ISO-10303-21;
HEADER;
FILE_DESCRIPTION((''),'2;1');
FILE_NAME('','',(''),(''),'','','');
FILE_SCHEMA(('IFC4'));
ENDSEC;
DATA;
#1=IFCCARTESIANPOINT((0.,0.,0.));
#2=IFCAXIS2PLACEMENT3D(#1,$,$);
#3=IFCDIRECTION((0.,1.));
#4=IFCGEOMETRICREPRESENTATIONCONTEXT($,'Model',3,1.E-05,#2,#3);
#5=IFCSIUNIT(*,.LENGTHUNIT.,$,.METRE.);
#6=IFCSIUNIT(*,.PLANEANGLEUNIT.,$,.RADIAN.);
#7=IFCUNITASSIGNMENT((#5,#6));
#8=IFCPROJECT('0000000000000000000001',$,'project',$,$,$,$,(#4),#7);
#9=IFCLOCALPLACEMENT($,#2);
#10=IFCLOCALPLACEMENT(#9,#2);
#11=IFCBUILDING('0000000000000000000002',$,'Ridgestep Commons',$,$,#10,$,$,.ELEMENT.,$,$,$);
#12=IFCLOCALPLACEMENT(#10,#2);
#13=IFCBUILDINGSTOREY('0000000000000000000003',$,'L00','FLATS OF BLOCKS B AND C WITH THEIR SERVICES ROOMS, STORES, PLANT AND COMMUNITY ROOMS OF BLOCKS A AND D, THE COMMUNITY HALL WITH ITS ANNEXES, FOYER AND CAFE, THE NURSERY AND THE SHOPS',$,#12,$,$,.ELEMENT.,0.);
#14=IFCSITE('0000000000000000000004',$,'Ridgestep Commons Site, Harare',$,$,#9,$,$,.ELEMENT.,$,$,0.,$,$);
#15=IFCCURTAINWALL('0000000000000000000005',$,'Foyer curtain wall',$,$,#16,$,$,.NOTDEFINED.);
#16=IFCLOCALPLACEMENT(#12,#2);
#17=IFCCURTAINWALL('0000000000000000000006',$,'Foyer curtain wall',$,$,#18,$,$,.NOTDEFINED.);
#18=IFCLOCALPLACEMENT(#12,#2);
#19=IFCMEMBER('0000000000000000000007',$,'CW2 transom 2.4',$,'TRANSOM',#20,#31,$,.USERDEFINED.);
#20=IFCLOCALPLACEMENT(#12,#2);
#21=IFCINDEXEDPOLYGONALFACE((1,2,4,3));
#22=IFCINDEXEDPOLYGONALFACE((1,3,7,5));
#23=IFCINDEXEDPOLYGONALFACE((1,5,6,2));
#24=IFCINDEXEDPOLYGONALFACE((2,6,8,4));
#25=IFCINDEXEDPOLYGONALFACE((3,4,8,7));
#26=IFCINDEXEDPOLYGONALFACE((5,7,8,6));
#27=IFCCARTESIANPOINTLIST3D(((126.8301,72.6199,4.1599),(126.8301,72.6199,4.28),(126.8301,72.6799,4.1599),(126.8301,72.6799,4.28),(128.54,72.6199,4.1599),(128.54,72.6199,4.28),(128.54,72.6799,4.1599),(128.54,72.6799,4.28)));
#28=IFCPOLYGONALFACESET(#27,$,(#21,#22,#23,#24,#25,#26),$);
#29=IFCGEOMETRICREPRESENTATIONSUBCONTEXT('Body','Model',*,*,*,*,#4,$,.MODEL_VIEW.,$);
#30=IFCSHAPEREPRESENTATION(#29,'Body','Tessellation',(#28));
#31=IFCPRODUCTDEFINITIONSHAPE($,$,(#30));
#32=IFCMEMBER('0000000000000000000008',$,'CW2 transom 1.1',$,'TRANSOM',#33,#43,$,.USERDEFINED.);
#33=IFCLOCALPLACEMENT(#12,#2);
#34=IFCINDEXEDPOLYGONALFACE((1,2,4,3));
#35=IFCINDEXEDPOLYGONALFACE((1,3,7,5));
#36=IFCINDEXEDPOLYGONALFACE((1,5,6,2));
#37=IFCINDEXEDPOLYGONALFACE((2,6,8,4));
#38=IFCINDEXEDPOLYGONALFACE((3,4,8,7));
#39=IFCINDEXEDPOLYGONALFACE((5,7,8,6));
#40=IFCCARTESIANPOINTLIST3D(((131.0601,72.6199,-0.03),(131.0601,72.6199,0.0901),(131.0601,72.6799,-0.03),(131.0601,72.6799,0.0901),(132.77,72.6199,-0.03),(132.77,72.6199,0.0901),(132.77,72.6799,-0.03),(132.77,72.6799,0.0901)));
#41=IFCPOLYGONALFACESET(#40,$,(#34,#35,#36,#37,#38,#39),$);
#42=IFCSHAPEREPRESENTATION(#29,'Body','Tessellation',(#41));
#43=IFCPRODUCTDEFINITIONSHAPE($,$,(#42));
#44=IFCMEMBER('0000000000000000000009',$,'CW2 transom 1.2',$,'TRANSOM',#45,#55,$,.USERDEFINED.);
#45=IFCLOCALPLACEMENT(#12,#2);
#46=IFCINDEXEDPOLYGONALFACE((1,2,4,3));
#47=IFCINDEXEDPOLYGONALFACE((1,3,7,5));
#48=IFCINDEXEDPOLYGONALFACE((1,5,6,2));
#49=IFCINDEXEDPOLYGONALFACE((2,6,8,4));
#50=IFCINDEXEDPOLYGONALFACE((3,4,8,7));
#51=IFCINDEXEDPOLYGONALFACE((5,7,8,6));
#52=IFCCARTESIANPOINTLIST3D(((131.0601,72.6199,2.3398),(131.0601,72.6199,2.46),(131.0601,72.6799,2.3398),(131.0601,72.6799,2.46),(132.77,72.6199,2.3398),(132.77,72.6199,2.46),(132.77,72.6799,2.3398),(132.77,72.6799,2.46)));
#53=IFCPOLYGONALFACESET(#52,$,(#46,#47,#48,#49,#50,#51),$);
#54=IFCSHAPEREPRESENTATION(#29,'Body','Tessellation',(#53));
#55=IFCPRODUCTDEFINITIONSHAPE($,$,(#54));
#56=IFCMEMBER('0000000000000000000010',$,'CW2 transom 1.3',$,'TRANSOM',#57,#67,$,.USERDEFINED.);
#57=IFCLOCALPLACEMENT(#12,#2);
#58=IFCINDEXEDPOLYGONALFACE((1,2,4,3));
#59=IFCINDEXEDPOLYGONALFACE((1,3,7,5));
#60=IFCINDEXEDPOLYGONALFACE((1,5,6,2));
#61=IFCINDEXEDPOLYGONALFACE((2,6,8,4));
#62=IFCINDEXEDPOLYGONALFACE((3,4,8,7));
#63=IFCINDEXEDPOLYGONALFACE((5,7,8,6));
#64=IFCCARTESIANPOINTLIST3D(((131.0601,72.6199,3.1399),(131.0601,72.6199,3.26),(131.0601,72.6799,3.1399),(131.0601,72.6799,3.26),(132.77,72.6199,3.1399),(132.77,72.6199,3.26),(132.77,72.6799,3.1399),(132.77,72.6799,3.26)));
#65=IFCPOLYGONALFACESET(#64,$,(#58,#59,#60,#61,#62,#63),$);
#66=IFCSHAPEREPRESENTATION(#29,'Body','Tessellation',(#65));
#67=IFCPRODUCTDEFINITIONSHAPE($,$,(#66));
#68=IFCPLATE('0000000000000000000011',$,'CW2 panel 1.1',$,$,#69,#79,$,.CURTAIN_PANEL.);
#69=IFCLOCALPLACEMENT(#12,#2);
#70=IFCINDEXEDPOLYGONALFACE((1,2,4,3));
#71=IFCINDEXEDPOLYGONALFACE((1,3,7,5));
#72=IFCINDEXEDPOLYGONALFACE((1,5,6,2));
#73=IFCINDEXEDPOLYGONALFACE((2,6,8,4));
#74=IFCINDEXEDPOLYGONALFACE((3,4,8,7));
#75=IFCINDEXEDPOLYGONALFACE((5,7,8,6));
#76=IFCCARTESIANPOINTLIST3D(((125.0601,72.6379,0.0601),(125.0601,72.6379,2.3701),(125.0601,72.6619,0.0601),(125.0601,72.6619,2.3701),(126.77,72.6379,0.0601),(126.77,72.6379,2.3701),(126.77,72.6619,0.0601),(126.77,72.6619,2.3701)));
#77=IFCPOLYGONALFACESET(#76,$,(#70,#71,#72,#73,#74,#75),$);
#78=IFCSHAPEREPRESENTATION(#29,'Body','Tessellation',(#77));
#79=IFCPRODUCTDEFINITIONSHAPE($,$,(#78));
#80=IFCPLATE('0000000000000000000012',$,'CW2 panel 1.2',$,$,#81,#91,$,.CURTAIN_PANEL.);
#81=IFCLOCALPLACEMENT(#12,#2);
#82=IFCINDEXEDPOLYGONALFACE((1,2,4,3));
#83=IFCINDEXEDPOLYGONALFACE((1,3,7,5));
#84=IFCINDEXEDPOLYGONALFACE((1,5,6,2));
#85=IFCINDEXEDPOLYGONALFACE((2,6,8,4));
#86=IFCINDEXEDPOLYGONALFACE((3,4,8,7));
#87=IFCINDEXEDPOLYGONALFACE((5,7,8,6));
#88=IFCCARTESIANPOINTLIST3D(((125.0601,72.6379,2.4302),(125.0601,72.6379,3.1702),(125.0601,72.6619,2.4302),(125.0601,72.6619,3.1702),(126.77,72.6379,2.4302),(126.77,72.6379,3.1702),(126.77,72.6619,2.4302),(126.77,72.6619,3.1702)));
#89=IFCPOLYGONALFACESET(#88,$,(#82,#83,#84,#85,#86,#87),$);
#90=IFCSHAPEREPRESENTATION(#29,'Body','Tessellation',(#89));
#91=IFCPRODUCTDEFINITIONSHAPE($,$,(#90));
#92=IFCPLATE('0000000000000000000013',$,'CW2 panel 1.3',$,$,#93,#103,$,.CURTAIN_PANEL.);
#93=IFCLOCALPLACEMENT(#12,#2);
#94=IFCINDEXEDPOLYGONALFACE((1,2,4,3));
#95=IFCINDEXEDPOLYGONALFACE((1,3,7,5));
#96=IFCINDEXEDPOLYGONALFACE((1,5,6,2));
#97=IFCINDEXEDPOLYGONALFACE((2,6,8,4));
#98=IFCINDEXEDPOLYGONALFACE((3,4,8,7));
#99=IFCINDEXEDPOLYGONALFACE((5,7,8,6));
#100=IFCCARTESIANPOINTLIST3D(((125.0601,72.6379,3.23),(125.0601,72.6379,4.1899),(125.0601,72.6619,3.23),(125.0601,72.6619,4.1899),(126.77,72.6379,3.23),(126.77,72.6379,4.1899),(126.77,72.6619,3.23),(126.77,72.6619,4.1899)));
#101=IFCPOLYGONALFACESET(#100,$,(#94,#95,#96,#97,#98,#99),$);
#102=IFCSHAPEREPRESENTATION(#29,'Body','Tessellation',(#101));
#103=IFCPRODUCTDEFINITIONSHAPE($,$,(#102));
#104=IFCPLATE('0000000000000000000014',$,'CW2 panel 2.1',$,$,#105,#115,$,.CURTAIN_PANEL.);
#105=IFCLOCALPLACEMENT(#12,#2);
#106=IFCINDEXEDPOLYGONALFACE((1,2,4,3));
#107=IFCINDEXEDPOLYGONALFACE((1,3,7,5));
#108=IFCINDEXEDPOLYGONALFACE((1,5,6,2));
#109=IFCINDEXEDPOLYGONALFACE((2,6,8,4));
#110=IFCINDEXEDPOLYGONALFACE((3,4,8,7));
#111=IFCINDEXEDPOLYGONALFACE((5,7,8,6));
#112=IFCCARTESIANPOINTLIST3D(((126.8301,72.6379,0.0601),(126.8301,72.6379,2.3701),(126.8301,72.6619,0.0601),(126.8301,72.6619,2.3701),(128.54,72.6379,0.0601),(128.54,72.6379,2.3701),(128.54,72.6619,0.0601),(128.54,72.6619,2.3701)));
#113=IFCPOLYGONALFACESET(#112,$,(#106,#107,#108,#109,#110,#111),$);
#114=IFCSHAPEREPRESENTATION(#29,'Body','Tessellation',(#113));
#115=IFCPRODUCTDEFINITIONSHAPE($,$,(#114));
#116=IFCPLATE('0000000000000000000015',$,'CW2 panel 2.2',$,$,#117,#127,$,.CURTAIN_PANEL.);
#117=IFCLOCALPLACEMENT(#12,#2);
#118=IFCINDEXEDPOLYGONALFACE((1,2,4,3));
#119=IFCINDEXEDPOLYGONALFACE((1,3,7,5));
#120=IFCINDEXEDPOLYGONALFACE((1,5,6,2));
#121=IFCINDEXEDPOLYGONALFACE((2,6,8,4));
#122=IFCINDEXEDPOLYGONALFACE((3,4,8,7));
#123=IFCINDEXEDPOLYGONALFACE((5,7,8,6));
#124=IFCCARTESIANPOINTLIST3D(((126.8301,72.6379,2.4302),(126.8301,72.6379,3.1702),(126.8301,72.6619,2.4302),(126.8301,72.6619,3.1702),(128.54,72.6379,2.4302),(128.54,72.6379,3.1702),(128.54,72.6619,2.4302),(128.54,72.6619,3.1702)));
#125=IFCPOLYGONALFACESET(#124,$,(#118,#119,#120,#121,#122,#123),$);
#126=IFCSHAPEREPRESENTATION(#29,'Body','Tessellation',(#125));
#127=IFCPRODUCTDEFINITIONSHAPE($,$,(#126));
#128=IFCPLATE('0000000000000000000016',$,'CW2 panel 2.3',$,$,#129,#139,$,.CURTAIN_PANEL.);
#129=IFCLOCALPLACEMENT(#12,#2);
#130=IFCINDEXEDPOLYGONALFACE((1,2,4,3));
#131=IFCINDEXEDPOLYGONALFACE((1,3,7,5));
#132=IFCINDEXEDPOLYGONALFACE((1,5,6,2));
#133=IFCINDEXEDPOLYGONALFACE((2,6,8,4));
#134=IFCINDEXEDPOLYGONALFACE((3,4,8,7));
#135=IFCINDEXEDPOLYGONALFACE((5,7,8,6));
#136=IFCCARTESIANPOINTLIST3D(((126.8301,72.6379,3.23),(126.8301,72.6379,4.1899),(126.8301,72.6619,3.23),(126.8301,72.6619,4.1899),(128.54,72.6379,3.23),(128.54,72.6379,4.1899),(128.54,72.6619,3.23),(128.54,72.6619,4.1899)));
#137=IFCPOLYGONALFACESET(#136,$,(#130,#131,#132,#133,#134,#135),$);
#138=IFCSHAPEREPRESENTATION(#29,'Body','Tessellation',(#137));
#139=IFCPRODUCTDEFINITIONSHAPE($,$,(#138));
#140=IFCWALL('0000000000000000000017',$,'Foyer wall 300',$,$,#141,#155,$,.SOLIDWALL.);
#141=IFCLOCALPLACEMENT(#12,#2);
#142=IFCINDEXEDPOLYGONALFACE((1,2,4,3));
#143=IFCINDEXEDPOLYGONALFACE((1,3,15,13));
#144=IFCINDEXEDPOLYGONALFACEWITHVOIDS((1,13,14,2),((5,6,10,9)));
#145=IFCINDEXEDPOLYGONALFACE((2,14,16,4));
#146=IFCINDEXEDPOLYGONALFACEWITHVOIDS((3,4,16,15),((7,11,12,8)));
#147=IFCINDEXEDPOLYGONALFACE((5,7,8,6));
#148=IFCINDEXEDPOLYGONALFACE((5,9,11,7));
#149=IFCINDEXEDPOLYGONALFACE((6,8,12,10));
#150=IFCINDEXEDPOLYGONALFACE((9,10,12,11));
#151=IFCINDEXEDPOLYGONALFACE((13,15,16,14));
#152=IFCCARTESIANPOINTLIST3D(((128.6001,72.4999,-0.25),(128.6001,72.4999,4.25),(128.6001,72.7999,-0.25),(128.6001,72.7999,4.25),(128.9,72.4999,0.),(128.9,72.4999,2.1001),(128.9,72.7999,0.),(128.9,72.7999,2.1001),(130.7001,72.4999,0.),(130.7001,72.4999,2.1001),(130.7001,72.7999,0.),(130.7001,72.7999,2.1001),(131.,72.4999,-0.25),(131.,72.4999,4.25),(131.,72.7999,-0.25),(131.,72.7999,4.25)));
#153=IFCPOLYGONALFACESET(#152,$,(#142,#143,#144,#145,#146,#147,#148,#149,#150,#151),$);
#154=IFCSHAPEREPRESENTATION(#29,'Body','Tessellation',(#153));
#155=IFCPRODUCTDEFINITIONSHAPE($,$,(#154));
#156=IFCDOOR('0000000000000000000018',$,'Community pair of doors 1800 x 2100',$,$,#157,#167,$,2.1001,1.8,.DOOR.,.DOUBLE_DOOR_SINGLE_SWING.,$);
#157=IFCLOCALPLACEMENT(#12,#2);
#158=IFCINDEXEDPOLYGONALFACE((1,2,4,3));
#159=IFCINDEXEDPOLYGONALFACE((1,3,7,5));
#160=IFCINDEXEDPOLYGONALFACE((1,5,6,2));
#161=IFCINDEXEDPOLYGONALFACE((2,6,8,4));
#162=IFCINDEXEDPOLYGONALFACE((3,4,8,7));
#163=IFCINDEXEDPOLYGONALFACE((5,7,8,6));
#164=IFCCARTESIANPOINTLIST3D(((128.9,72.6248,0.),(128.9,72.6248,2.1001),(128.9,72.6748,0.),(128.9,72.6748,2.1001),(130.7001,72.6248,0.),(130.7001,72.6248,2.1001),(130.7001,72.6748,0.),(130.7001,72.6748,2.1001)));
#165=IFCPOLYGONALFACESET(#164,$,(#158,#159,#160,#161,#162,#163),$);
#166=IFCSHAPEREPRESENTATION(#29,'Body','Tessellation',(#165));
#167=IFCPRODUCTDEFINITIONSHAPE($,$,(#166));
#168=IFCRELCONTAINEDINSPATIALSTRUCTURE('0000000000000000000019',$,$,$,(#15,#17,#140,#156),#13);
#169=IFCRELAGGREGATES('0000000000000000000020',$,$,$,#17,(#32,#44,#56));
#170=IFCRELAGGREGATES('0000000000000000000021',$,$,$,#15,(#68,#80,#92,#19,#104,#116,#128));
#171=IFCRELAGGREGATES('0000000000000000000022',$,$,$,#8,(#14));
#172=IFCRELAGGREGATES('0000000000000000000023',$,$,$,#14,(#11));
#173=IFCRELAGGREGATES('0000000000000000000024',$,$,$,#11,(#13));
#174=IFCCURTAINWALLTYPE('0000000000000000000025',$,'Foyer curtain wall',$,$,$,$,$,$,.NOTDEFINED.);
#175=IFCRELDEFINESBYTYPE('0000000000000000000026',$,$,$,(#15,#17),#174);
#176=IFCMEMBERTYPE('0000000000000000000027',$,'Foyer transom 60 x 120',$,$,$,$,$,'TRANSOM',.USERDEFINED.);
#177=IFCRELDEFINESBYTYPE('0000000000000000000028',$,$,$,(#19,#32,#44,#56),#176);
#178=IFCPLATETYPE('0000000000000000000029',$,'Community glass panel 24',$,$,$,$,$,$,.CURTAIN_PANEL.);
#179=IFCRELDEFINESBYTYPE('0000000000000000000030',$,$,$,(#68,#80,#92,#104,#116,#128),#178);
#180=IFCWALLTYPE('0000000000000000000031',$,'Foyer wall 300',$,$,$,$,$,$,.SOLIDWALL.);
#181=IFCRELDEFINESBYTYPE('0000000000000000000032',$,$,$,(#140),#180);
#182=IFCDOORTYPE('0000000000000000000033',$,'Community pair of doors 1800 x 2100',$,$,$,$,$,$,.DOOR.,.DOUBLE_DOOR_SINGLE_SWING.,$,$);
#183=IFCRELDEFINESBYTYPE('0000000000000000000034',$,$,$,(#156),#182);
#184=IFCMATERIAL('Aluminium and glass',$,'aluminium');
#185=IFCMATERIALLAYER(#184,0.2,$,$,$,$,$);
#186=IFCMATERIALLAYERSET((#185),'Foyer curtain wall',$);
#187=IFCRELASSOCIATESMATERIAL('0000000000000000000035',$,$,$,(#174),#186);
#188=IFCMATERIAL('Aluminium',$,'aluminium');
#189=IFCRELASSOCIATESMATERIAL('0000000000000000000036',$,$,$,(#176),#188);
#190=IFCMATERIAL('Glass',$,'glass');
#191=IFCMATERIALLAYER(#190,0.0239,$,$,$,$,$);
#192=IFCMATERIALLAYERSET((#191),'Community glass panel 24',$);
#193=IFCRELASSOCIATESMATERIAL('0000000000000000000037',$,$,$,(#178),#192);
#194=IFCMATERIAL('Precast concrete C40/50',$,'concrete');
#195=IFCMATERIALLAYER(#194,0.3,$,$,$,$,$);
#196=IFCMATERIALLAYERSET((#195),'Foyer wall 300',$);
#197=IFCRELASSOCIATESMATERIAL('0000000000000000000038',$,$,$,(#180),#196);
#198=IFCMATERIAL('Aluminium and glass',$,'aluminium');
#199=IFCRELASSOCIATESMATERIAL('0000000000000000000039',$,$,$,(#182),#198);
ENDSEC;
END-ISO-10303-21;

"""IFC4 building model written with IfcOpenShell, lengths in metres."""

from ifc_helpers import new_model, si_unit, direction, frame, frame_2d, origin, origin_2d, place, context, subcontext, project, spatial, rectangle, extrude, material, layer, layer_set, material_profile, profile_set, type_object, element, fill, aggregate, save


model = new_model("IFC4")

# Units and contexts
model_context = context("Model", 3, precision=1e-05, world=origin(), true_north=direction((0.0, 1.0)))
body_context = subcontext(model_context, "Body", "Model", "MODEL_VIEW")
ifc_project = project(units=[si_unit("LENGTHUNIT", "METRE"), si_unit("PLANEANGLEUNIT", "RADIAN")], contexts=[model_context])

# Site, building, storey
site_placement = place(None, origin())
site = spatial("IfcSite", under=ifc_project, at=site_placement, Name="Ridgestep Commons Site, Harare", CompositionType="ELEMENT", RefElevation=0.0)
building_placement = place(site_placement, origin())
building = spatial("IfcBuilding", under=site, at=building_placement, Name="Ridgestep Commons", CompositionType="ELEMENT")
storey_placement = place(building_placement, origin())
storey = spatial("IfcBuildingStorey", under=building, at=storey_placement, Name="L00", Description="FLATS OF BLOCKS B AND C WITH THEIR SERVICES ROOMS, STORES, PLANT AND COMMUNITY ROOMS OF BLOCKS A AND D, THE COMMUNITY HALL WITH ITS ANNEXES, FOYER AND CAFE, THE NURSERY AND THE SHOPS", CompositionType="ELEMENT", Elevation=0.0)

# Curtain wall
ifc_material_1 = material(Name="Aluminium and glass", Category="aluminium")
ifc_layer_1 = layer(ifc_material_1, 0.2)
ifc_layer_set_1 = layer_set([ifc_layer_1], Name="Foyer curtain wall")
curtain_wall_type = type_object("IfcCurtainWallType", Name="Foyer curtain wall", PredefinedType="NOTDEFINED", material=ifc_layer_set_1)
curtain_wall_1_placement = place(storey_placement, origin())
curtain_wall_1 = element("IfcCurtainWall", 1, at=curtain_wall_1_placement, inside=storey, type_object=curtain_wall_type, Name="Foyer curtain wall", PredefinedType="NOTDEFINED")

# Curtain wall
curtain_wall_2_placement = place(storey_placement, origin())
curtain_wall_2 = element("IfcCurtainWall", 2, at=curtain_wall_2_placement, inside=storey, type_object=curtain_wall_type, Name="Foyer curtain wall", PredefinedType="NOTDEFINED")

# Members
ifc_material_2 = material(Name="Aluminium", Category="aluminium")
ifc_material_profile_1 = material_profile(ifc_material_2, rectangle(XDim=0.0601, YDim=0.1201, at=origin_2d()), Name="Foyer transom 60 x 120")
ifc_profile_set_1 = profile_set([ifc_material_profile_1], Name="Aluminium")
member_type_1 = type_object("IfcMemberType", Name="Foyer transom 60 x 120", ElementType="TRANSOM", PredefinedType="USERDEFINED", material=ifc_profile_set_1)
member_1_placement = place(storey_placement, frame((126.8301, 72.6499, 4.22), z_axis=(1.0, 0.0, 0.0), x_axis=(0.0, 1.0, 0.0)))
member_1 = element("IfcMember", 3, at=member_1_placement, type_object=member_type_1, Name="CW2 transom 2.4", ObjectType="TRANSOM", PredefinedType="USERDEFINED", context=body_context, shape_type="SweptSolid", body=[
    extrude(rectangle(XDim=0.0601, YDim=0.1201, at=origin_2d()), origin(), (0.0, 0.0, 1.0), 1.71),
])
member_2_placement = place(storey_placement, frame((131.0601, 72.6499, 0.03), z_axis=(1.0, 0.0, 0.0), x_axis=(0.0, 1.0, 0.0)))
member_2 = element("IfcMember", 4, at=member_2_placement, type_object=member_type_1, Name="CW2 transom 1.1", ObjectType="TRANSOM", PredefinedType="USERDEFINED", context=body_context, shape_type="SweptSolid", body=[
    extrude(rectangle(XDim=0.0601, YDim=0.1201, at=origin_2d()), origin(), (0.0, 0.0, 1.0), 1.71),
])
member_3_placement = place(storey_placement, frame((131.0601, 72.6499, 2.3999), z_axis=(1.0, 0.0, 0.0), x_axis=(0.0, 1.0, 0.0)))
member_3 = element("IfcMember", 5, at=member_3_placement, type_object=member_type_1, Name="CW2 transom 1.2", ObjectType="TRANSOM", PredefinedType="USERDEFINED", context=body_context, shape_type="SweptSolid", body=[
    extrude(rectangle(XDim=0.0601, YDim=0.1201, at=origin_2d()), origin(), (0.0, 0.0, 1.0), 1.71),
])
member_4_placement = place(storey_placement, frame((131.0601, 72.6499, 3.2), z_axis=(1.0, 0.0, 0.0), x_axis=(0.0, 1.0, 0.0)))
member_4 = element("IfcMember", 6, at=member_4_placement, type_object=member_type_1, Name="CW2 transom 1.3", ObjectType="TRANSOM", PredefinedType="USERDEFINED", context=body_context, shape_type="SweptSolid", body=[
    extrude(rectangle(XDim=0.0601, YDim=0.1201, at=origin_2d()), origin(), (0.0, 0.0, 1.0), 1.71),
])
aggregate(curtain_wall_2, [member_2, member_3, member_4])

# Plates
ifc_material_3 = material(Name="Glass", Category="glass")
ifc_layer_2 = layer(ifc_material_3, 0.0239)
ifc_layer_set_2 = layer_set([ifc_layer_2], Name="Community glass panel 24")
plate_type = type_object("IfcPlateType", Name="Community glass panel 24", PredefinedType="CURTAIN_PANEL", material=ifc_layer_set_2)
plate_1_placement = place(storey_placement, frame((125.915, 72.6499, 0.0601), z_axis=(0.0, 0.0, 1.0), x_axis=(1.0, 0.0, 0.0)))
plate_1 = element("IfcPlate", 7, at=plate_1_placement, type_object=plate_type, Name="CW2 panel 1.1", PredefinedType="CURTAIN_PANEL", context=body_context, shape_type="SweptSolid", body=[
    extrude(rectangle(XDim=1.71, YDim=0.0239, at=origin_2d()), origin(), (0.0, 0.0, 1.0), 2.3101),
])
plate_2_placement = place(storey_placement, frame((125.915, 72.6499, 2.4302), z_axis=(0.0, 0.0, 1.0), x_axis=(1.0, 0.0, 0.0)))
plate_2 = element("IfcPlate", 8, at=plate_2_placement, type_object=plate_type, Name="CW2 panel 1.2", PredefinedType="CURTAIN_PANEL", context=body_context, shape_type="SweptSolid", body=[
    extrude(rectangle(XDim=1.71, YDim=0.0239, at=origin_2d()), origin(), (0.0, 0.0, 1.0), 0.74),
])
plate_3_placement = place(storey_placement, frame((125.915, 72.6499, 3.23), z_axis=(0.0, 0.0, 1.0), x_axis=(1.0, 0.0, 0.0)))
plate_3 = element("IfcPlate", 9, at=plate_3_placement, type_object=plate_type, Name="CW2 panel 1.3", PredefinedType="CURTAIN_PANEL", context=body_context, shape_type="SweptSolid", body=[
    extrude(rectangle(XDim=1.71, YDim=0.0239, at=origin_2d()), origin(), (0.0, 0.0, 1.0), 0.96),
])
plate_4_placement = place(storey_placement, frame((127.6851, 72.6499, 0.0601), z_axis=(0.0, 0.0, 1.0), x_axis=(1.0, 0.0, 0.0)))
plate_4 = element("IfcPlate", 10, at=plate_4_placement, type_object=plate_type, Name="CW2 panel 2.1", PredefinedType="CURTAIN_PANEL", context=body_context, shape_type="SweptSolid", body=[
    extrude(rectangle(XDim=1.71, YDim=0.0239, at=origin_2d()), origin(), (0.0, 0.0, 1.0), 2.3101),
])
plate_5_placement = place(storey_placement, frame((127.6851, 72.6499, 2.4302), z_axis=(0.0, 0.0, 1.0), x_axis=(1.0, 0.0, 0.0)))
plate_5 = element("IfcPlate", 11, at=plate_5_placement, type_object=plate_type, Name="CW2 panel 2.2", PredefinedType="CURTAIN_PANEL", context=body_context, shape_type="SweptSolid", body=[
    extrude(rectangle(XDim=1.71, YDim=0.0239, at=origin_2d()), origin(), (0.0, 0.0, 1.0), 0.74),
])
plate_6_placement = place(storey_placement, frame((127.6851, 72.6499, 3.23), z_axis=(0.0, 0.0, 1.0), x_axis=(1.0, 0.0, 0.0)))
plate_6 = element("IfcPlate", 12, at=plate_6_placement, type_object=plate_type, Name="CW2 panel 2.3", PredefinedType="CURTAIN_PANEL", context=body_context, shape_type="SweptSolid", body=[
    extrude(rectangle(XDim=1.71, YDim=0.0239, at=origin_2d()), origin(), (0.0, 0.0, 1.0), 0.96),
])
aggregate(curtain_wall_1, [plate_1, plate_2, plate_3, member_1, plate_4, plate_5, plate_6])

# Wall, opening, door
ifc_material_4 = material(Name="Precast concrete C40/50", Category="concrete")
ifc_layer_3 = layer(ifc_material_4, 0.3)
ifc_layer_set_3 = layer_set([ifc_layer_3], Name="Foyer wall 300")
wall_type = type_object("IfcWallType", Name="Foyer wall 300", PredefinedType="SOLIDWALL", material=ifc_layer_set_3)
wall_placement = place(storey_placement, frame((128.6001, 72.6499, -0.25), z_axis=(0.0, 0.0, 1.0), x_axis=(1.0, 0.0, 0.0)))
wall = element("IfcWall", 13, at=wall_placement, inside=storey, type_object=wall_type, Name="Foyer wall 300", PredefinedType="SOLIDWALL", context=body_context, shape_type="SweptSolid", body=[
    extrude(rectangle(XDim=2.3999, YDim=0.3, at=frame_2d((1.2, 0.0))), origin(), (0.0, 0.0, 1.0), 4.5),
])
opening_placement = place(wall_placement, frame((0.3, 0.0, 0.25)))
opening = element("IfcOpeningElement", 14, at=opening_placement, cuts=wall, PredefinedType="OPENING", context=body_context, shape_type="SweptSolid", body=[
    extrude(rectangle(XDim=1.8, YDim=2.1001, at=frame_2d((0.8999, 1.05))), frame((0.0, 0.1599, 0.0), z_axis=(0.0, -1.0, 0.0), x_axis=(1.0, 0.0, 0.0)), (0.0, 0.0, 1.0), 0.3201),
])
ifc_material_5 = material(Name="Aluminium and glass", Category="aluminium")
door_type = type_object("IfcDoorType", Name="Community pair of doors 1800 x 2100", OperationType="DOUBLE_DOOR_SINGLE_SWING", PredefinedType="DOOR", material=ifc_material_5)
door_placement = place(opening_placement, origin())
door = element("IfcDoor", 15, at=door_placement, inside=storey, type_object=door_type, Name="Community pair of doors 1800 x 2100", OperationType="DOUBLE_DOOR_SINGLE_SWING", OverallHeight=2.1001, OverallWidth=1.8, PredefinedType="DOOR", context=body_context, shape_type="SweptSolid", body=[
    extrude(rectangle(XDim=1.8, YDim=2.1001, at=frame_2d((0.8999, 1.05))), frame((0.0, 0.0249, 0.0), z_axis=(0.0, -1.0, 0.0), x_axis=(1.0, 0.0, 0.0)), (0.0, 0.0, 1.0), 0.05),
])
fill(opening, door)

save(model, "model.ifc")
